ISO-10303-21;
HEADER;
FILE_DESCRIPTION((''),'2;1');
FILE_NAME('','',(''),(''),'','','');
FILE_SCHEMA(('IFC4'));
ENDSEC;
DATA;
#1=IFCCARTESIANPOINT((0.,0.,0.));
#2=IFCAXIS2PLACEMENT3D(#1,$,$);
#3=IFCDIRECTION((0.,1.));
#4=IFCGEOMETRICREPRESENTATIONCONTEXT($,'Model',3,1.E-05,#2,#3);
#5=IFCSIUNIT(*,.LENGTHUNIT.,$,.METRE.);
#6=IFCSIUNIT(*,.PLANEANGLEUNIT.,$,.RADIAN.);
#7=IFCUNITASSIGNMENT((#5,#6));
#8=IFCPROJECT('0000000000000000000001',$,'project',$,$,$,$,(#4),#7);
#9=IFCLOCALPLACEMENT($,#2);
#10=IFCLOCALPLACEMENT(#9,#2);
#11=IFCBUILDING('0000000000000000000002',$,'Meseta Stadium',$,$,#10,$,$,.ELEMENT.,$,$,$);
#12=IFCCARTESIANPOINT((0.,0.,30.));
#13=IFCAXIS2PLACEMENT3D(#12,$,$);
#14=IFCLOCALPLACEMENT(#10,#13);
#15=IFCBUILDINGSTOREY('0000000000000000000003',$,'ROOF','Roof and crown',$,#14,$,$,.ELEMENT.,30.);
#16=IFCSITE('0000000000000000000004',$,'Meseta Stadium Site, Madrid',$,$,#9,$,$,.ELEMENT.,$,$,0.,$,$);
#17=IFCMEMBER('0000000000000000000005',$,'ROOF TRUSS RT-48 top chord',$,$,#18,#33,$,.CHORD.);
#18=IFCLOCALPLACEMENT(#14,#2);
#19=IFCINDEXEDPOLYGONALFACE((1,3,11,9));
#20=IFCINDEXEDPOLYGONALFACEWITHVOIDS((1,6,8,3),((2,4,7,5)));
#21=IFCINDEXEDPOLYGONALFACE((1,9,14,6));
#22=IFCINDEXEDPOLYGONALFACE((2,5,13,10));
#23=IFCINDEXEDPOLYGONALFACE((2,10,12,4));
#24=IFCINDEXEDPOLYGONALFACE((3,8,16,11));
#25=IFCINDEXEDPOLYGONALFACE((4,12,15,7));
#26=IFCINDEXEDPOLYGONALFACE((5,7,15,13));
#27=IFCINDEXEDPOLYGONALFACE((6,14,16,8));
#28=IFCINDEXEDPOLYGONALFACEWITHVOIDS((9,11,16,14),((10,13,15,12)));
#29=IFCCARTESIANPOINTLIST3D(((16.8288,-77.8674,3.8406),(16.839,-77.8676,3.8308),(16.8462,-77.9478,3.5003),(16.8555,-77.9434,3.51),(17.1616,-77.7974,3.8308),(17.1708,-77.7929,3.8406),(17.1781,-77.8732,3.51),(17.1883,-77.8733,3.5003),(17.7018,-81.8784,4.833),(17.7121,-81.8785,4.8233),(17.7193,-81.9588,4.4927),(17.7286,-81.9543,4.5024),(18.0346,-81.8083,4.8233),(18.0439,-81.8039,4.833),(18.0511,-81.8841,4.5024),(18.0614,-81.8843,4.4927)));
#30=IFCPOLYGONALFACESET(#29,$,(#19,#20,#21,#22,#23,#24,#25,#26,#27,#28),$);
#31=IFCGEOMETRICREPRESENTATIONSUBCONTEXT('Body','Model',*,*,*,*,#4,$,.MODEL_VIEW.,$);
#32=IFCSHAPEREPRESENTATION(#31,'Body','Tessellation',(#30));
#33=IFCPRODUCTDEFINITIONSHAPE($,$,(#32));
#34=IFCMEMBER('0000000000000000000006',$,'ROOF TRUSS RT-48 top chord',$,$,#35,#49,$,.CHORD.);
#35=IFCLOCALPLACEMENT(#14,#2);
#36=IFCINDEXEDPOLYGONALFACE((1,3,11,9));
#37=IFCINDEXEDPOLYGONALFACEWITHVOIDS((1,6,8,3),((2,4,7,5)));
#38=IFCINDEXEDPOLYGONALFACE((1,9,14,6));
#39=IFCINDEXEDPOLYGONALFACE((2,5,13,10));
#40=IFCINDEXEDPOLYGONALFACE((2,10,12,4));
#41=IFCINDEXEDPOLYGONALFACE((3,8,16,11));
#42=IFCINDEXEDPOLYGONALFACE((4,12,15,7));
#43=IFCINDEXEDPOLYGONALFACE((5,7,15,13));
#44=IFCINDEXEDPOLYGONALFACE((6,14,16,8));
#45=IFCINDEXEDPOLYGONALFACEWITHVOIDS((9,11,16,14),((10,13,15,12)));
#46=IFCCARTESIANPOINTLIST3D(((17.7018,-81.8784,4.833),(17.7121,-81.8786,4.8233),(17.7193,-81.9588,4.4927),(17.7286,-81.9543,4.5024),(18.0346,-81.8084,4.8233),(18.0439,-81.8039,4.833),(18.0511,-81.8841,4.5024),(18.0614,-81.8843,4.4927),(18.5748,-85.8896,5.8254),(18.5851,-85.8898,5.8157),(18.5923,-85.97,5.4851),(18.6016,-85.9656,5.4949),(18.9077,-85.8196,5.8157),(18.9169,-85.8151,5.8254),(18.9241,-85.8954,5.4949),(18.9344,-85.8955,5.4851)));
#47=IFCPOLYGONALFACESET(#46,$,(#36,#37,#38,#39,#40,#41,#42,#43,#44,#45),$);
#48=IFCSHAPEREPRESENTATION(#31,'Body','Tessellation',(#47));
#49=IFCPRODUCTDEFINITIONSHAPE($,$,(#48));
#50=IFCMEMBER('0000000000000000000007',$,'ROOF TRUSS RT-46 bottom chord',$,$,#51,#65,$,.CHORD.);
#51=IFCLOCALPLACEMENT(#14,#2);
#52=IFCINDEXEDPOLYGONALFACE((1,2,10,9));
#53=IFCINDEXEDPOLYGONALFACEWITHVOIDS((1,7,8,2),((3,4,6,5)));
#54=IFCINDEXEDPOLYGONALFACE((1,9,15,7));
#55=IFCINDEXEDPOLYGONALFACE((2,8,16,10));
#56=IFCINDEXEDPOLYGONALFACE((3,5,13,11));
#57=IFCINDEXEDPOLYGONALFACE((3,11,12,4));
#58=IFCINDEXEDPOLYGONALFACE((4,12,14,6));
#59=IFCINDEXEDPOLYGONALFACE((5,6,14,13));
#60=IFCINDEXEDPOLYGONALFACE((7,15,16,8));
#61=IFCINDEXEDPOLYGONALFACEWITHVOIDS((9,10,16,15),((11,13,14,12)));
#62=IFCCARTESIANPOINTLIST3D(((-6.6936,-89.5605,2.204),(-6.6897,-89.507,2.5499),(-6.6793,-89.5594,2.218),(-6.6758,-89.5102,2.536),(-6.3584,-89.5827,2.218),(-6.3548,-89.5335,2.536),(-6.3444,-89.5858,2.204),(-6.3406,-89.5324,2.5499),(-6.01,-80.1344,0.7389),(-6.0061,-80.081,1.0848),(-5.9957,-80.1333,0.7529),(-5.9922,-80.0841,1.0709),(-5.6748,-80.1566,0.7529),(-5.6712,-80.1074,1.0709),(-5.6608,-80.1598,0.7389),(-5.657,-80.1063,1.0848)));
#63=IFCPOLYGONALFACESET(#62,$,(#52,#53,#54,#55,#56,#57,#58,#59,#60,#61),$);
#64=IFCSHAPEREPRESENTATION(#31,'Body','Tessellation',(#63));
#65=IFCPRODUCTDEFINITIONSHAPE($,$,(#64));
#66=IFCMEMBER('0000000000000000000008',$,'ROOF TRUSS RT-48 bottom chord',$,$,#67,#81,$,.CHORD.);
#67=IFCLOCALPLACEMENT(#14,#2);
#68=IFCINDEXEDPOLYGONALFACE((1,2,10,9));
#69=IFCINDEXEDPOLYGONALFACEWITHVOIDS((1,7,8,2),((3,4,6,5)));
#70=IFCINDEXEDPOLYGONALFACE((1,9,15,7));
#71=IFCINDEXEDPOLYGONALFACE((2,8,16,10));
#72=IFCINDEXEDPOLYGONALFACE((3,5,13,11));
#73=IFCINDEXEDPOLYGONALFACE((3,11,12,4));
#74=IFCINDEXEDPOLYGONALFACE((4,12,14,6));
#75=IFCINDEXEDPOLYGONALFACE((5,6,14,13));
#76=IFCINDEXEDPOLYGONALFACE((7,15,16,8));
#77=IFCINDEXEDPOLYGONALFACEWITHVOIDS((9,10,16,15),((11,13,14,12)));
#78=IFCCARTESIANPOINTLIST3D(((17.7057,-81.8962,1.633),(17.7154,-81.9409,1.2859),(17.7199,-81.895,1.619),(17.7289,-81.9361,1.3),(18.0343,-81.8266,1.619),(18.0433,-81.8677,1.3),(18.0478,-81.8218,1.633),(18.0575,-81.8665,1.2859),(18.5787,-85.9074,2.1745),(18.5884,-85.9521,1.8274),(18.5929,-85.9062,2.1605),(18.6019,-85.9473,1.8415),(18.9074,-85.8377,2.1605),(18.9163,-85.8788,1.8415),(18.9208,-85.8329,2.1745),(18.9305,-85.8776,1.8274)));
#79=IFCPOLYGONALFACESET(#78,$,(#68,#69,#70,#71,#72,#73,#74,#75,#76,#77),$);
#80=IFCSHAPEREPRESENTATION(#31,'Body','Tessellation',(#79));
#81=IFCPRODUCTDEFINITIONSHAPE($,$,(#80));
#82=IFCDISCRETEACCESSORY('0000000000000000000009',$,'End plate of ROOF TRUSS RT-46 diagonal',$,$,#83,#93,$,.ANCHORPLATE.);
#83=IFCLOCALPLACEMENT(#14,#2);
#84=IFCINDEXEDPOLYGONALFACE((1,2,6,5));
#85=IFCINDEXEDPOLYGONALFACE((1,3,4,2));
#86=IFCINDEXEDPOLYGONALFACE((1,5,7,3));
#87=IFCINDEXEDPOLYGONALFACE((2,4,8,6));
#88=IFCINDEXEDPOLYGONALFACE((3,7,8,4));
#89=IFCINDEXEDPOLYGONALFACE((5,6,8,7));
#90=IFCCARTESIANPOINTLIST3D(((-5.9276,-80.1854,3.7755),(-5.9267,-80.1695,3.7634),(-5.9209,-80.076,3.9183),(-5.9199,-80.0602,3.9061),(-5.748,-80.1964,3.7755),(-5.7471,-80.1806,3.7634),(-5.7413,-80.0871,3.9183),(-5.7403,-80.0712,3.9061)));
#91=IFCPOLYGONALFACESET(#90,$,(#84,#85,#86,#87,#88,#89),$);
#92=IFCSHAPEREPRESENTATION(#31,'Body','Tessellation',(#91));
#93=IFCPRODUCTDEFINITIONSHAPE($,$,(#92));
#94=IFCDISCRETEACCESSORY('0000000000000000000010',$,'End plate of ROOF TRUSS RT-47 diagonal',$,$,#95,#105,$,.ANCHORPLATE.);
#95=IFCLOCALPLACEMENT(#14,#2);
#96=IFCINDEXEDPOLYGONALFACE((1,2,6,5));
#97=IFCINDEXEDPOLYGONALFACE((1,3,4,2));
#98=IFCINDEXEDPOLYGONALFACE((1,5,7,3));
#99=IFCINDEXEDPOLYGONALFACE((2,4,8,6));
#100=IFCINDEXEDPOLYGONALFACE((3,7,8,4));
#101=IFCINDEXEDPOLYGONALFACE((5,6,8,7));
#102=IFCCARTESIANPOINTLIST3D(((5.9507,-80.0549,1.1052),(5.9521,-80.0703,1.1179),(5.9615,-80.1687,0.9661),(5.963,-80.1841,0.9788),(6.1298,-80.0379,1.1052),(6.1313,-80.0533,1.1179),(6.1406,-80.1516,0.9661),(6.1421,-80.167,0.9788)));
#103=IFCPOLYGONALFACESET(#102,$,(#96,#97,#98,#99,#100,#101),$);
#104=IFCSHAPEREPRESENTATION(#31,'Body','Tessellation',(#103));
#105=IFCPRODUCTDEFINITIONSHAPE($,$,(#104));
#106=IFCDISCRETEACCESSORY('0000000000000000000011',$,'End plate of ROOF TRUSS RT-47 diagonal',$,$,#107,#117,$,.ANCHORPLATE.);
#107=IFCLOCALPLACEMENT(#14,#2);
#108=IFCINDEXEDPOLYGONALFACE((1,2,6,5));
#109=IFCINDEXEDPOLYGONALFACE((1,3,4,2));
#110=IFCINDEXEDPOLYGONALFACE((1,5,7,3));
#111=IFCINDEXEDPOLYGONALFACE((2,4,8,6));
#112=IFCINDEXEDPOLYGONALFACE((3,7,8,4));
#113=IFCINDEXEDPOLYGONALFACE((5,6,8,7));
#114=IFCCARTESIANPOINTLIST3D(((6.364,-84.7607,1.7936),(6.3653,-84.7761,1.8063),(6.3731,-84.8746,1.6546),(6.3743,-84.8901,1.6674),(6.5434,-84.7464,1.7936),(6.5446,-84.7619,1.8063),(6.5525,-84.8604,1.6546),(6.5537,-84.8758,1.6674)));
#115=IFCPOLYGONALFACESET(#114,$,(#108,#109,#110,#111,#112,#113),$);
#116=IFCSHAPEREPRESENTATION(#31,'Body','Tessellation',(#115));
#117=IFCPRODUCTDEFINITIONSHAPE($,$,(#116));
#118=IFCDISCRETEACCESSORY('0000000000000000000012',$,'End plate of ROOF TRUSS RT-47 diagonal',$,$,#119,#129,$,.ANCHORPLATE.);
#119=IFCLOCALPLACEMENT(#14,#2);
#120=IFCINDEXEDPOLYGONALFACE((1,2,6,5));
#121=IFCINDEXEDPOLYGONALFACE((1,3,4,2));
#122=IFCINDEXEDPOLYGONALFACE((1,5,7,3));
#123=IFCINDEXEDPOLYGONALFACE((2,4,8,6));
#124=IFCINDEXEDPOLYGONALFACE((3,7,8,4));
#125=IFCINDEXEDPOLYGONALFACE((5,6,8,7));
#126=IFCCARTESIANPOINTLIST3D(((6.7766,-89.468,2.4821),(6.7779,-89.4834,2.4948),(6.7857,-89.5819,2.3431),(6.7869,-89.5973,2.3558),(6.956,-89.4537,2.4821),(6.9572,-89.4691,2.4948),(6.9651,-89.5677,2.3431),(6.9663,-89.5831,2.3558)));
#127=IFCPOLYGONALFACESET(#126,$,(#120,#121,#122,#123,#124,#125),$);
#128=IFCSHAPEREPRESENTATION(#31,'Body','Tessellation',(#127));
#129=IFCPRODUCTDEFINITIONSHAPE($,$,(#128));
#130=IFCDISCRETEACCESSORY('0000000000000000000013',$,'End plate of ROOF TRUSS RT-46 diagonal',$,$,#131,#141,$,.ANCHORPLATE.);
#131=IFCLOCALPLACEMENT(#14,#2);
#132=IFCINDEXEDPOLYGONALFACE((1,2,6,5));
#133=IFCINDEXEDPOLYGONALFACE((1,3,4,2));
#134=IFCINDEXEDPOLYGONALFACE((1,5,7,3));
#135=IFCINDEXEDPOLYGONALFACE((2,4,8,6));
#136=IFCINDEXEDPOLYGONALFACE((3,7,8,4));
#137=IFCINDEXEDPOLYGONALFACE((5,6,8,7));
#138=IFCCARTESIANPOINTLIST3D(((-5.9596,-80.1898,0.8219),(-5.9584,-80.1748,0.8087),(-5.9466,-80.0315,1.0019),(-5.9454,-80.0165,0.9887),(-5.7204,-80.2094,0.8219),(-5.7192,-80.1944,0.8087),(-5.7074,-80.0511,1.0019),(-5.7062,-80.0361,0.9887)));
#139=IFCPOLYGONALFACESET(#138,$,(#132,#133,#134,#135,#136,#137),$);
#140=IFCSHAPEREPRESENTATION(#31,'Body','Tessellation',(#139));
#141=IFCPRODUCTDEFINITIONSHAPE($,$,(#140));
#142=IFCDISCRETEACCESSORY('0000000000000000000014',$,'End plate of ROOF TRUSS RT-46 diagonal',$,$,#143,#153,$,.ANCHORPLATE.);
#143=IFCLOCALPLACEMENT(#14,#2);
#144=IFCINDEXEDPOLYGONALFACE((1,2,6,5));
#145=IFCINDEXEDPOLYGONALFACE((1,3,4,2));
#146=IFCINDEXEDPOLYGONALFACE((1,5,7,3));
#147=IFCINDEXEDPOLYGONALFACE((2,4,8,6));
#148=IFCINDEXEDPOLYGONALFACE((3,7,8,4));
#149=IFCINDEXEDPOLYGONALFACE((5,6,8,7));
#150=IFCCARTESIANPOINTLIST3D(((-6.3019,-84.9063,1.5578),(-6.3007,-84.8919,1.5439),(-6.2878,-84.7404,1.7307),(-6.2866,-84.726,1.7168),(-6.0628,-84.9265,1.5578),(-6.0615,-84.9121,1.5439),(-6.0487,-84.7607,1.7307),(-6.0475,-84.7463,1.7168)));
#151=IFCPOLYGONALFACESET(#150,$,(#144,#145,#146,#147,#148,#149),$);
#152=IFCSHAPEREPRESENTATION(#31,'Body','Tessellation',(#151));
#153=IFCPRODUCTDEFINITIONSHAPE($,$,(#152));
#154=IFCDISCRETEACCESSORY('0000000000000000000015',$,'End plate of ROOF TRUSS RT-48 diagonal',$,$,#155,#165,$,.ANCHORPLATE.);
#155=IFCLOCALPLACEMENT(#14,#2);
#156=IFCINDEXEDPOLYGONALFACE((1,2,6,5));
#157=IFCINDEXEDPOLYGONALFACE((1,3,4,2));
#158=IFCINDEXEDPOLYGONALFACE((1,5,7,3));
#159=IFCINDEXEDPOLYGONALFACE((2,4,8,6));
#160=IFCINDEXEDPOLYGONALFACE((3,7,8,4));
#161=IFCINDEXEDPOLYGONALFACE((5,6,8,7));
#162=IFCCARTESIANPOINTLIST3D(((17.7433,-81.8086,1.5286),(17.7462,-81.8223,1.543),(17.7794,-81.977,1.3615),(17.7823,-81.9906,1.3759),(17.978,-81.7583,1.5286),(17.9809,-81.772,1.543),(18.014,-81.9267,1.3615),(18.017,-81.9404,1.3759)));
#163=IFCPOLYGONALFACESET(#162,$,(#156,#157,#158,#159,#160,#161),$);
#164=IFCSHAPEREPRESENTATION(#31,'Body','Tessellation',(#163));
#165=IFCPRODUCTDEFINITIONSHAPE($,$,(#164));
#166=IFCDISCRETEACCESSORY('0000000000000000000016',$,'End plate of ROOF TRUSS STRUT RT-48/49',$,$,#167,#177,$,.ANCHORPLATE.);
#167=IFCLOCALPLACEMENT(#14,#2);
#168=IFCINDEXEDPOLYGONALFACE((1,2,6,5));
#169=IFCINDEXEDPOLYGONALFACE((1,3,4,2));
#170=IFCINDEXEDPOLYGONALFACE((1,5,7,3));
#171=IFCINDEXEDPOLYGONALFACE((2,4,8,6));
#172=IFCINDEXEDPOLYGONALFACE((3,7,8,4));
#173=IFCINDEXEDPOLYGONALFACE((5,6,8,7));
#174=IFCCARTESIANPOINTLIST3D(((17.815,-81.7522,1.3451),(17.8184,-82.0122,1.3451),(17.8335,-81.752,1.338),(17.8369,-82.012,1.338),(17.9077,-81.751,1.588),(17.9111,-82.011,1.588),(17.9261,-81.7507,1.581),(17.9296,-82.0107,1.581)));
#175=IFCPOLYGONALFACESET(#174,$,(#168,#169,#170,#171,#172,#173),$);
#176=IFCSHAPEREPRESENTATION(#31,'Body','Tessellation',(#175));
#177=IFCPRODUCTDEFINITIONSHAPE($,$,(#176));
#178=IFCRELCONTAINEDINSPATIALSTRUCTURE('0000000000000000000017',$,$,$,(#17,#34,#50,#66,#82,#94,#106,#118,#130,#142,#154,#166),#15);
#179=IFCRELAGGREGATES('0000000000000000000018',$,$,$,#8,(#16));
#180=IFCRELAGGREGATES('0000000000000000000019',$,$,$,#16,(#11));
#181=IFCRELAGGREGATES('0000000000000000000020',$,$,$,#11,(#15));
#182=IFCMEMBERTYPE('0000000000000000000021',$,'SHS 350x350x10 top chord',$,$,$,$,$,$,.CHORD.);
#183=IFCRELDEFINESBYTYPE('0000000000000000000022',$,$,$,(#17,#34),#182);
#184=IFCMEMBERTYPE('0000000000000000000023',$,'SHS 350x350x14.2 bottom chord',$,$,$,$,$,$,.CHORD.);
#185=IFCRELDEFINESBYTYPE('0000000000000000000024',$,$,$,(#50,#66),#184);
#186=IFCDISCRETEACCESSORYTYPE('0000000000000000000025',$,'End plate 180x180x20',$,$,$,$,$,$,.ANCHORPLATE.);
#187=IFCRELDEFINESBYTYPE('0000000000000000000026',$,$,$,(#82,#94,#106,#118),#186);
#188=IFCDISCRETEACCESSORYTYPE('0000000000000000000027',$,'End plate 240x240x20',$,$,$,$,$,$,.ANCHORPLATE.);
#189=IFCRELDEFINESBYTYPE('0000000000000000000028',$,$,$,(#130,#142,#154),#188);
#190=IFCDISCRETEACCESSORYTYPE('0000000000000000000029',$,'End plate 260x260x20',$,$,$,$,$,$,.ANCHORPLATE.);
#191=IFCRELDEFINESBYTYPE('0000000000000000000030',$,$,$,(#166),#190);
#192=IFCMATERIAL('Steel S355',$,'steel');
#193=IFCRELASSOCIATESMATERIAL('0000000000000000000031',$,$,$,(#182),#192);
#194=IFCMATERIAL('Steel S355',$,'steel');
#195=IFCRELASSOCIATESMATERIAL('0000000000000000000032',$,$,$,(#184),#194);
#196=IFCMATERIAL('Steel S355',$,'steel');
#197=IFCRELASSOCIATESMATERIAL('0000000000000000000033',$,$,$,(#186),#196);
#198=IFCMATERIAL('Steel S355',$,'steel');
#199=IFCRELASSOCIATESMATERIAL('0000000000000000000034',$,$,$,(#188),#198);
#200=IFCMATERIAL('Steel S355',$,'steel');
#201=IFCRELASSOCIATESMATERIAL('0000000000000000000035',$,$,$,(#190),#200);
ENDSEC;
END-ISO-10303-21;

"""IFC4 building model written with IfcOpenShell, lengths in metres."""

from ifc_helpers import new_model, si_unit, direction, frame, origin, origin_2d, place, context, subcontext, project, spatial, rectangle, hollow_rectangle, extrude, material, material_profile, profile_set, type_object, element, save


model = new_model("IFC4")

# Units and contexts
model_context = context("Model", 3, precision=1e-05, world=origin(), true_north=direction((0.0, 1.0)))
body_context = subcontext(model_context, "Body", "Model", "MODEL_VIEW")
ifc_project = project(units=[si_unit("LENGTHUNIT", "METRE"), si_unit("PLANEANGLEUNIT", "RADIAN")], contexts=[model_context])

# Site, building, storey
site_placement = place(None, origin())
site = spatial("IfcSite", under=ifc_project, at=site_placement, Name="Meseta Stadium Site, Madrid", CompositionType="ELEMENT", RefElevation=0.0)
building_placement = place(site_placement, origin())
building = spatial("IfcBuilding", under=site, at=building_placement, Name="Meseta Stadium", CompositionType="ELEMENT")
storey_placement = place(building_placement, frame((0.0, 0.0, 30.0)))
storey = spatial("IfcBuildingStorey", under=building, at=storey_placement, Name="ROOF", Description="Roof and crown", CompositionType="ELEMENT", Elevation=30.0)

# Members
ifc_material_1 = material(Name="Steel S355", Category="steel")
ifc_material_profile_1 = material_profile(ifc_material_1, hollow_rectangle(XDim=0.3501, YDim=0.3501, WallThickness=0.01, at=origin_2d()), Name="SHS 350x350x10")
ifc_profile_set_1 = profile_set([ifc_material_profile_1], Name="Steel S355")
member_type_1 = type_object("IfcMemberType", Name="SHS 350x350x10 top chord", PredefinedType="CHORD", material=ifc_profile_set_1)
member_1_placement = place(storey_placement, frame((17.0085, -77.8704, 3.6704), z_axis=(0.206728, -0.949758, 0.234997), x_axis=(0.977121, 0.212684, 0.0)))
element("IfcMember", 1, at=member_1_placement, inside=storey, type_object=member_type_1, Name="ROOF TRUSS RT-48 top chord", PredefinedType="CHORD", context=body_context, shape_type="SweptSolid", body=[
    extrude(hollow_rectangle(XDim=0.3501, YDim=0.3501, WallThickness=0.01, at=origin_2d()), origin(), (0.0, 0.0, 1.0), 4.2231),
])
member_2_placement = place(storey_placement, frame((17.8816, -81.8813, 4.6628), z_axis=(0.206717, -0.949764, 0.234984), x_axis=(0.977124, 0.212672, 0.0)))
element("IfcMember", 2, at=member_2_placement, inside=storey, type_object=member_type_1, Name="ROOF TRUSS RT-48 top chord", PredefinedType="CHORD", context=body_context, shape_type="SweptSolid", body=[
    extrude(hollow_rectangle(XDim=0.3501, YDim=0.3501, WallThickness=0.01, at=origin_2d()), origin(), (0.0, 0.0, 1.0), 4.2234),
])
ifc_material_2 = material(Name="Steel S355", Category="steel")
ifc_material_profile_2 = material_profile(ifc_material_2, hollow_rectangle(XDim=0.3501, YDim=0.3501, WallThickness=0.0142, at=origin_2d()), Name="SHS 350x350x14.2")
ifc_profile_set_2 = profile_set([ifc_material_profile_2], Name="Steel S355")
member_type_2 = type_object("IfcMemberType", Name="SHS 350x350x14.2 bottom chord", PredefinedType="CHORD", material=ifc_profile_set_2)
member_3_placement = place(storey_placement, frame((-5.8335, -80.1204, 0.9119), z_axis=(-0.071478, -0.985608, 0.153193), x_axis=(0.997381, -0.072332, 0.0)))
element("IfcMember", 3, at=member_3_placement, inside=storey, type_object=member_type_2, Name="ROOF TRUSS RT-46 bottom chord", PredefinedType="CHORD", context=body_context, shape_type="SweptSolid", body=[
    extrude(hollow_rectangle(XDim=0.3501, YDim=0.3501, WallThickness=0.0142, at=origin_2d()), origin(), (0.0, 0.0, 1.0), 9.5637),
])
member_4_placement = place(storey_placement, frame((17.8816, -81.8813, 1.4595), z_axis=(0.210845, -0.968732, 0.130776), x_axis=(0.977124, 0.212672, 0.0)))
element("IfcMember", 4, at=member_4_placement, inside=storey, type_object=member_type_2, Name="ROOF TRUSS RT-48 bottom chord", PredefinedType="CHORD", context=body_context, shape_type="SweptSolid", body=[
    extrude(hollow_rectangle(XDim=0.3501, YDim=0.3501, WallThickness=0.0142, at=origin_2d()), origin(), (0.0, 0.0, 1.0), 4.1406),
])

# Discrete accessories
ifc_material_3 = material(Name="Steel S355", Category="steel")
ifc_material_profile_3 = material_profile(ifc_material_3, rectangle(XDim=0.1799, YDim=0.1799, at=origin_2d()), Name="PL 180x180")
ifc_profile_set_3 = profile_set([ifc_material_profile_3], Name="Steel S355")
discrete_accessory_type_1 = type_object("IfcDiscreteAccessoryType", Name="End plate 180x180x20", PredefinedType="ANCHORPLATE", material=ifc_profile_set_3)
for number, where, z_axis, x_axis, name in (
    (5, (-5.8335, -80.1204, 3.8347), (-0.048719, -0.791683, 0.608987), (0.998112, -0.061422, 0.0), "End plate of ROOF TRUSS RT-46 diagonal"),
    (6, (6.0457, -80.1033, 1.0356), (0.073252, -0.769151, 0.634855), (0.995495, 0.094809, 0.0), "End plate of ROOF TRUSS RT-47 diagonal"),
    (7, (6.4583, -84.8105, 1.7241), (0.061094, -0.769782, 0.635376), (0.996865, 0.079116, 0.0), "End plate of ROOF TRUSS RT-47 diagonal"),
    (8, (6.8708, -89.5178, 2.4126), (0.061094, -0.769782, 0.635376), (0.996865, 0.079116, 0.0), "End plate of ROOF TRUSS RT-47 diagonal"),
):
    element("IfcDiscreteAccessory", number, at=place(storey_placement, frame(where, z_axis=z_axis, x_axis=x_axis)), inside=storey, type_object=discrete_accessory_type_1, Name=name, PredefinedType="ANCHORPLATE", context=body_context, shape_type="SweptSolid", body=[
        extrude(rectangle(XDim=0.1799, YDim=0.1799, at=origin_2d()), origin(), (0.0, 0.0, 1.0), 0.02),
    ])
ifc_material_4 = material(Name="Steel S355", Category="steel")
ifc_material_profile_4 = material_profile(ifc_material_4, rectangle(XDim=0.24, YDim=0.24, at=origin_2d()), Name="PL 240x240")
ifc_profile_set_4 = profile_set([ifc_material_profile_4], Name="Steel S355")
discrete_accessory_type_2 = type_object("IfcDiscreteAccessoryType", Name="End plate 240x240x20", PredefinedType="ANCHORPLATE", material=ifc_profile_set_4)
for number, where, z_axis, x_axis, name in (
    (9, (-5.8323, -80.1055, 0.8987), (-0.061259, -0.747356, 0.661594), (0.996658, -0.081693, 0.0), "End plate of ROOF TRUSS RT-46 diagonal"),
    (10, (-6.1741, -84.8191, 1.6304), (-0.060836, -0.717859, 0.693525), (0.996428, -0.084443, 0.0), "End plate of ROOF TRUSS RT-46 diagonal"),
    (11, (17.8787, -81.8677, 1.4451), (0.14594, -0.681056, 0.717541), (0.977802, 0.209529, 0.0), "End plate of ROOF TRUSS RT-48 diagonal"),
):
    element("IfcDiscreteAccessory", number, at=place(storey_placement, frame(where, z_axis=z_axis, x_axis=x_axis)), inside=storey, type_object=discrete_accessory_type_2, Name=name, PredefinedType="ANCHORPLATE", context=body_context, shape_type="SweptSolid", body=[
        extrude(rectangle(XDim=0.24, YDim=0.24, at=origin_2d()), origin(), (0.0, 0.0, 1.0), 0.02),
    ])
ifc_material_5 = material(Name="Steel S355", Category="steel")
ifc_material_profile_5 = material_profile(ifc_material_5, rectangle(XDim=0.26, YDim=0.26, at=origin_2d()), Name="PL 260x260")
ifc_profile_set_5 = profile_set([ifc_material_profile_5], Name="Steel S355")
discrete_accessory_type_3 = type_object("IfcDiscreteAccessoryType", Name="End plate 260x260x20", PredefinedType="ANCHORPLATE", material=ifc_profile_set_5)
discrete_accessory_placement = place(storey_placement, frame((17.863, -81.8816, 1.4666), z_axis=(0.934222, 0.012292, -0.35648), x_axis=(-0.013157, 0.999913, 0.0)))
element("IfcDiscreteAccessory", 12, at=discrete_accessory_placement, inside=storey, type_object=discrete_accessory_type_3, Name="End plate of ROOF TRUSS STRUT RT-48/49", PredefinedType="ANCHORPLATE", context=body_context, shape_type="SweptSolid", body=[
    extrude(rectangle(XDim=0.26, YDim=0.26, at=origin_2d()), origin(), (0.0, 0.0, 1.0), 0.0198),
])

save(model, "model.ifc")
